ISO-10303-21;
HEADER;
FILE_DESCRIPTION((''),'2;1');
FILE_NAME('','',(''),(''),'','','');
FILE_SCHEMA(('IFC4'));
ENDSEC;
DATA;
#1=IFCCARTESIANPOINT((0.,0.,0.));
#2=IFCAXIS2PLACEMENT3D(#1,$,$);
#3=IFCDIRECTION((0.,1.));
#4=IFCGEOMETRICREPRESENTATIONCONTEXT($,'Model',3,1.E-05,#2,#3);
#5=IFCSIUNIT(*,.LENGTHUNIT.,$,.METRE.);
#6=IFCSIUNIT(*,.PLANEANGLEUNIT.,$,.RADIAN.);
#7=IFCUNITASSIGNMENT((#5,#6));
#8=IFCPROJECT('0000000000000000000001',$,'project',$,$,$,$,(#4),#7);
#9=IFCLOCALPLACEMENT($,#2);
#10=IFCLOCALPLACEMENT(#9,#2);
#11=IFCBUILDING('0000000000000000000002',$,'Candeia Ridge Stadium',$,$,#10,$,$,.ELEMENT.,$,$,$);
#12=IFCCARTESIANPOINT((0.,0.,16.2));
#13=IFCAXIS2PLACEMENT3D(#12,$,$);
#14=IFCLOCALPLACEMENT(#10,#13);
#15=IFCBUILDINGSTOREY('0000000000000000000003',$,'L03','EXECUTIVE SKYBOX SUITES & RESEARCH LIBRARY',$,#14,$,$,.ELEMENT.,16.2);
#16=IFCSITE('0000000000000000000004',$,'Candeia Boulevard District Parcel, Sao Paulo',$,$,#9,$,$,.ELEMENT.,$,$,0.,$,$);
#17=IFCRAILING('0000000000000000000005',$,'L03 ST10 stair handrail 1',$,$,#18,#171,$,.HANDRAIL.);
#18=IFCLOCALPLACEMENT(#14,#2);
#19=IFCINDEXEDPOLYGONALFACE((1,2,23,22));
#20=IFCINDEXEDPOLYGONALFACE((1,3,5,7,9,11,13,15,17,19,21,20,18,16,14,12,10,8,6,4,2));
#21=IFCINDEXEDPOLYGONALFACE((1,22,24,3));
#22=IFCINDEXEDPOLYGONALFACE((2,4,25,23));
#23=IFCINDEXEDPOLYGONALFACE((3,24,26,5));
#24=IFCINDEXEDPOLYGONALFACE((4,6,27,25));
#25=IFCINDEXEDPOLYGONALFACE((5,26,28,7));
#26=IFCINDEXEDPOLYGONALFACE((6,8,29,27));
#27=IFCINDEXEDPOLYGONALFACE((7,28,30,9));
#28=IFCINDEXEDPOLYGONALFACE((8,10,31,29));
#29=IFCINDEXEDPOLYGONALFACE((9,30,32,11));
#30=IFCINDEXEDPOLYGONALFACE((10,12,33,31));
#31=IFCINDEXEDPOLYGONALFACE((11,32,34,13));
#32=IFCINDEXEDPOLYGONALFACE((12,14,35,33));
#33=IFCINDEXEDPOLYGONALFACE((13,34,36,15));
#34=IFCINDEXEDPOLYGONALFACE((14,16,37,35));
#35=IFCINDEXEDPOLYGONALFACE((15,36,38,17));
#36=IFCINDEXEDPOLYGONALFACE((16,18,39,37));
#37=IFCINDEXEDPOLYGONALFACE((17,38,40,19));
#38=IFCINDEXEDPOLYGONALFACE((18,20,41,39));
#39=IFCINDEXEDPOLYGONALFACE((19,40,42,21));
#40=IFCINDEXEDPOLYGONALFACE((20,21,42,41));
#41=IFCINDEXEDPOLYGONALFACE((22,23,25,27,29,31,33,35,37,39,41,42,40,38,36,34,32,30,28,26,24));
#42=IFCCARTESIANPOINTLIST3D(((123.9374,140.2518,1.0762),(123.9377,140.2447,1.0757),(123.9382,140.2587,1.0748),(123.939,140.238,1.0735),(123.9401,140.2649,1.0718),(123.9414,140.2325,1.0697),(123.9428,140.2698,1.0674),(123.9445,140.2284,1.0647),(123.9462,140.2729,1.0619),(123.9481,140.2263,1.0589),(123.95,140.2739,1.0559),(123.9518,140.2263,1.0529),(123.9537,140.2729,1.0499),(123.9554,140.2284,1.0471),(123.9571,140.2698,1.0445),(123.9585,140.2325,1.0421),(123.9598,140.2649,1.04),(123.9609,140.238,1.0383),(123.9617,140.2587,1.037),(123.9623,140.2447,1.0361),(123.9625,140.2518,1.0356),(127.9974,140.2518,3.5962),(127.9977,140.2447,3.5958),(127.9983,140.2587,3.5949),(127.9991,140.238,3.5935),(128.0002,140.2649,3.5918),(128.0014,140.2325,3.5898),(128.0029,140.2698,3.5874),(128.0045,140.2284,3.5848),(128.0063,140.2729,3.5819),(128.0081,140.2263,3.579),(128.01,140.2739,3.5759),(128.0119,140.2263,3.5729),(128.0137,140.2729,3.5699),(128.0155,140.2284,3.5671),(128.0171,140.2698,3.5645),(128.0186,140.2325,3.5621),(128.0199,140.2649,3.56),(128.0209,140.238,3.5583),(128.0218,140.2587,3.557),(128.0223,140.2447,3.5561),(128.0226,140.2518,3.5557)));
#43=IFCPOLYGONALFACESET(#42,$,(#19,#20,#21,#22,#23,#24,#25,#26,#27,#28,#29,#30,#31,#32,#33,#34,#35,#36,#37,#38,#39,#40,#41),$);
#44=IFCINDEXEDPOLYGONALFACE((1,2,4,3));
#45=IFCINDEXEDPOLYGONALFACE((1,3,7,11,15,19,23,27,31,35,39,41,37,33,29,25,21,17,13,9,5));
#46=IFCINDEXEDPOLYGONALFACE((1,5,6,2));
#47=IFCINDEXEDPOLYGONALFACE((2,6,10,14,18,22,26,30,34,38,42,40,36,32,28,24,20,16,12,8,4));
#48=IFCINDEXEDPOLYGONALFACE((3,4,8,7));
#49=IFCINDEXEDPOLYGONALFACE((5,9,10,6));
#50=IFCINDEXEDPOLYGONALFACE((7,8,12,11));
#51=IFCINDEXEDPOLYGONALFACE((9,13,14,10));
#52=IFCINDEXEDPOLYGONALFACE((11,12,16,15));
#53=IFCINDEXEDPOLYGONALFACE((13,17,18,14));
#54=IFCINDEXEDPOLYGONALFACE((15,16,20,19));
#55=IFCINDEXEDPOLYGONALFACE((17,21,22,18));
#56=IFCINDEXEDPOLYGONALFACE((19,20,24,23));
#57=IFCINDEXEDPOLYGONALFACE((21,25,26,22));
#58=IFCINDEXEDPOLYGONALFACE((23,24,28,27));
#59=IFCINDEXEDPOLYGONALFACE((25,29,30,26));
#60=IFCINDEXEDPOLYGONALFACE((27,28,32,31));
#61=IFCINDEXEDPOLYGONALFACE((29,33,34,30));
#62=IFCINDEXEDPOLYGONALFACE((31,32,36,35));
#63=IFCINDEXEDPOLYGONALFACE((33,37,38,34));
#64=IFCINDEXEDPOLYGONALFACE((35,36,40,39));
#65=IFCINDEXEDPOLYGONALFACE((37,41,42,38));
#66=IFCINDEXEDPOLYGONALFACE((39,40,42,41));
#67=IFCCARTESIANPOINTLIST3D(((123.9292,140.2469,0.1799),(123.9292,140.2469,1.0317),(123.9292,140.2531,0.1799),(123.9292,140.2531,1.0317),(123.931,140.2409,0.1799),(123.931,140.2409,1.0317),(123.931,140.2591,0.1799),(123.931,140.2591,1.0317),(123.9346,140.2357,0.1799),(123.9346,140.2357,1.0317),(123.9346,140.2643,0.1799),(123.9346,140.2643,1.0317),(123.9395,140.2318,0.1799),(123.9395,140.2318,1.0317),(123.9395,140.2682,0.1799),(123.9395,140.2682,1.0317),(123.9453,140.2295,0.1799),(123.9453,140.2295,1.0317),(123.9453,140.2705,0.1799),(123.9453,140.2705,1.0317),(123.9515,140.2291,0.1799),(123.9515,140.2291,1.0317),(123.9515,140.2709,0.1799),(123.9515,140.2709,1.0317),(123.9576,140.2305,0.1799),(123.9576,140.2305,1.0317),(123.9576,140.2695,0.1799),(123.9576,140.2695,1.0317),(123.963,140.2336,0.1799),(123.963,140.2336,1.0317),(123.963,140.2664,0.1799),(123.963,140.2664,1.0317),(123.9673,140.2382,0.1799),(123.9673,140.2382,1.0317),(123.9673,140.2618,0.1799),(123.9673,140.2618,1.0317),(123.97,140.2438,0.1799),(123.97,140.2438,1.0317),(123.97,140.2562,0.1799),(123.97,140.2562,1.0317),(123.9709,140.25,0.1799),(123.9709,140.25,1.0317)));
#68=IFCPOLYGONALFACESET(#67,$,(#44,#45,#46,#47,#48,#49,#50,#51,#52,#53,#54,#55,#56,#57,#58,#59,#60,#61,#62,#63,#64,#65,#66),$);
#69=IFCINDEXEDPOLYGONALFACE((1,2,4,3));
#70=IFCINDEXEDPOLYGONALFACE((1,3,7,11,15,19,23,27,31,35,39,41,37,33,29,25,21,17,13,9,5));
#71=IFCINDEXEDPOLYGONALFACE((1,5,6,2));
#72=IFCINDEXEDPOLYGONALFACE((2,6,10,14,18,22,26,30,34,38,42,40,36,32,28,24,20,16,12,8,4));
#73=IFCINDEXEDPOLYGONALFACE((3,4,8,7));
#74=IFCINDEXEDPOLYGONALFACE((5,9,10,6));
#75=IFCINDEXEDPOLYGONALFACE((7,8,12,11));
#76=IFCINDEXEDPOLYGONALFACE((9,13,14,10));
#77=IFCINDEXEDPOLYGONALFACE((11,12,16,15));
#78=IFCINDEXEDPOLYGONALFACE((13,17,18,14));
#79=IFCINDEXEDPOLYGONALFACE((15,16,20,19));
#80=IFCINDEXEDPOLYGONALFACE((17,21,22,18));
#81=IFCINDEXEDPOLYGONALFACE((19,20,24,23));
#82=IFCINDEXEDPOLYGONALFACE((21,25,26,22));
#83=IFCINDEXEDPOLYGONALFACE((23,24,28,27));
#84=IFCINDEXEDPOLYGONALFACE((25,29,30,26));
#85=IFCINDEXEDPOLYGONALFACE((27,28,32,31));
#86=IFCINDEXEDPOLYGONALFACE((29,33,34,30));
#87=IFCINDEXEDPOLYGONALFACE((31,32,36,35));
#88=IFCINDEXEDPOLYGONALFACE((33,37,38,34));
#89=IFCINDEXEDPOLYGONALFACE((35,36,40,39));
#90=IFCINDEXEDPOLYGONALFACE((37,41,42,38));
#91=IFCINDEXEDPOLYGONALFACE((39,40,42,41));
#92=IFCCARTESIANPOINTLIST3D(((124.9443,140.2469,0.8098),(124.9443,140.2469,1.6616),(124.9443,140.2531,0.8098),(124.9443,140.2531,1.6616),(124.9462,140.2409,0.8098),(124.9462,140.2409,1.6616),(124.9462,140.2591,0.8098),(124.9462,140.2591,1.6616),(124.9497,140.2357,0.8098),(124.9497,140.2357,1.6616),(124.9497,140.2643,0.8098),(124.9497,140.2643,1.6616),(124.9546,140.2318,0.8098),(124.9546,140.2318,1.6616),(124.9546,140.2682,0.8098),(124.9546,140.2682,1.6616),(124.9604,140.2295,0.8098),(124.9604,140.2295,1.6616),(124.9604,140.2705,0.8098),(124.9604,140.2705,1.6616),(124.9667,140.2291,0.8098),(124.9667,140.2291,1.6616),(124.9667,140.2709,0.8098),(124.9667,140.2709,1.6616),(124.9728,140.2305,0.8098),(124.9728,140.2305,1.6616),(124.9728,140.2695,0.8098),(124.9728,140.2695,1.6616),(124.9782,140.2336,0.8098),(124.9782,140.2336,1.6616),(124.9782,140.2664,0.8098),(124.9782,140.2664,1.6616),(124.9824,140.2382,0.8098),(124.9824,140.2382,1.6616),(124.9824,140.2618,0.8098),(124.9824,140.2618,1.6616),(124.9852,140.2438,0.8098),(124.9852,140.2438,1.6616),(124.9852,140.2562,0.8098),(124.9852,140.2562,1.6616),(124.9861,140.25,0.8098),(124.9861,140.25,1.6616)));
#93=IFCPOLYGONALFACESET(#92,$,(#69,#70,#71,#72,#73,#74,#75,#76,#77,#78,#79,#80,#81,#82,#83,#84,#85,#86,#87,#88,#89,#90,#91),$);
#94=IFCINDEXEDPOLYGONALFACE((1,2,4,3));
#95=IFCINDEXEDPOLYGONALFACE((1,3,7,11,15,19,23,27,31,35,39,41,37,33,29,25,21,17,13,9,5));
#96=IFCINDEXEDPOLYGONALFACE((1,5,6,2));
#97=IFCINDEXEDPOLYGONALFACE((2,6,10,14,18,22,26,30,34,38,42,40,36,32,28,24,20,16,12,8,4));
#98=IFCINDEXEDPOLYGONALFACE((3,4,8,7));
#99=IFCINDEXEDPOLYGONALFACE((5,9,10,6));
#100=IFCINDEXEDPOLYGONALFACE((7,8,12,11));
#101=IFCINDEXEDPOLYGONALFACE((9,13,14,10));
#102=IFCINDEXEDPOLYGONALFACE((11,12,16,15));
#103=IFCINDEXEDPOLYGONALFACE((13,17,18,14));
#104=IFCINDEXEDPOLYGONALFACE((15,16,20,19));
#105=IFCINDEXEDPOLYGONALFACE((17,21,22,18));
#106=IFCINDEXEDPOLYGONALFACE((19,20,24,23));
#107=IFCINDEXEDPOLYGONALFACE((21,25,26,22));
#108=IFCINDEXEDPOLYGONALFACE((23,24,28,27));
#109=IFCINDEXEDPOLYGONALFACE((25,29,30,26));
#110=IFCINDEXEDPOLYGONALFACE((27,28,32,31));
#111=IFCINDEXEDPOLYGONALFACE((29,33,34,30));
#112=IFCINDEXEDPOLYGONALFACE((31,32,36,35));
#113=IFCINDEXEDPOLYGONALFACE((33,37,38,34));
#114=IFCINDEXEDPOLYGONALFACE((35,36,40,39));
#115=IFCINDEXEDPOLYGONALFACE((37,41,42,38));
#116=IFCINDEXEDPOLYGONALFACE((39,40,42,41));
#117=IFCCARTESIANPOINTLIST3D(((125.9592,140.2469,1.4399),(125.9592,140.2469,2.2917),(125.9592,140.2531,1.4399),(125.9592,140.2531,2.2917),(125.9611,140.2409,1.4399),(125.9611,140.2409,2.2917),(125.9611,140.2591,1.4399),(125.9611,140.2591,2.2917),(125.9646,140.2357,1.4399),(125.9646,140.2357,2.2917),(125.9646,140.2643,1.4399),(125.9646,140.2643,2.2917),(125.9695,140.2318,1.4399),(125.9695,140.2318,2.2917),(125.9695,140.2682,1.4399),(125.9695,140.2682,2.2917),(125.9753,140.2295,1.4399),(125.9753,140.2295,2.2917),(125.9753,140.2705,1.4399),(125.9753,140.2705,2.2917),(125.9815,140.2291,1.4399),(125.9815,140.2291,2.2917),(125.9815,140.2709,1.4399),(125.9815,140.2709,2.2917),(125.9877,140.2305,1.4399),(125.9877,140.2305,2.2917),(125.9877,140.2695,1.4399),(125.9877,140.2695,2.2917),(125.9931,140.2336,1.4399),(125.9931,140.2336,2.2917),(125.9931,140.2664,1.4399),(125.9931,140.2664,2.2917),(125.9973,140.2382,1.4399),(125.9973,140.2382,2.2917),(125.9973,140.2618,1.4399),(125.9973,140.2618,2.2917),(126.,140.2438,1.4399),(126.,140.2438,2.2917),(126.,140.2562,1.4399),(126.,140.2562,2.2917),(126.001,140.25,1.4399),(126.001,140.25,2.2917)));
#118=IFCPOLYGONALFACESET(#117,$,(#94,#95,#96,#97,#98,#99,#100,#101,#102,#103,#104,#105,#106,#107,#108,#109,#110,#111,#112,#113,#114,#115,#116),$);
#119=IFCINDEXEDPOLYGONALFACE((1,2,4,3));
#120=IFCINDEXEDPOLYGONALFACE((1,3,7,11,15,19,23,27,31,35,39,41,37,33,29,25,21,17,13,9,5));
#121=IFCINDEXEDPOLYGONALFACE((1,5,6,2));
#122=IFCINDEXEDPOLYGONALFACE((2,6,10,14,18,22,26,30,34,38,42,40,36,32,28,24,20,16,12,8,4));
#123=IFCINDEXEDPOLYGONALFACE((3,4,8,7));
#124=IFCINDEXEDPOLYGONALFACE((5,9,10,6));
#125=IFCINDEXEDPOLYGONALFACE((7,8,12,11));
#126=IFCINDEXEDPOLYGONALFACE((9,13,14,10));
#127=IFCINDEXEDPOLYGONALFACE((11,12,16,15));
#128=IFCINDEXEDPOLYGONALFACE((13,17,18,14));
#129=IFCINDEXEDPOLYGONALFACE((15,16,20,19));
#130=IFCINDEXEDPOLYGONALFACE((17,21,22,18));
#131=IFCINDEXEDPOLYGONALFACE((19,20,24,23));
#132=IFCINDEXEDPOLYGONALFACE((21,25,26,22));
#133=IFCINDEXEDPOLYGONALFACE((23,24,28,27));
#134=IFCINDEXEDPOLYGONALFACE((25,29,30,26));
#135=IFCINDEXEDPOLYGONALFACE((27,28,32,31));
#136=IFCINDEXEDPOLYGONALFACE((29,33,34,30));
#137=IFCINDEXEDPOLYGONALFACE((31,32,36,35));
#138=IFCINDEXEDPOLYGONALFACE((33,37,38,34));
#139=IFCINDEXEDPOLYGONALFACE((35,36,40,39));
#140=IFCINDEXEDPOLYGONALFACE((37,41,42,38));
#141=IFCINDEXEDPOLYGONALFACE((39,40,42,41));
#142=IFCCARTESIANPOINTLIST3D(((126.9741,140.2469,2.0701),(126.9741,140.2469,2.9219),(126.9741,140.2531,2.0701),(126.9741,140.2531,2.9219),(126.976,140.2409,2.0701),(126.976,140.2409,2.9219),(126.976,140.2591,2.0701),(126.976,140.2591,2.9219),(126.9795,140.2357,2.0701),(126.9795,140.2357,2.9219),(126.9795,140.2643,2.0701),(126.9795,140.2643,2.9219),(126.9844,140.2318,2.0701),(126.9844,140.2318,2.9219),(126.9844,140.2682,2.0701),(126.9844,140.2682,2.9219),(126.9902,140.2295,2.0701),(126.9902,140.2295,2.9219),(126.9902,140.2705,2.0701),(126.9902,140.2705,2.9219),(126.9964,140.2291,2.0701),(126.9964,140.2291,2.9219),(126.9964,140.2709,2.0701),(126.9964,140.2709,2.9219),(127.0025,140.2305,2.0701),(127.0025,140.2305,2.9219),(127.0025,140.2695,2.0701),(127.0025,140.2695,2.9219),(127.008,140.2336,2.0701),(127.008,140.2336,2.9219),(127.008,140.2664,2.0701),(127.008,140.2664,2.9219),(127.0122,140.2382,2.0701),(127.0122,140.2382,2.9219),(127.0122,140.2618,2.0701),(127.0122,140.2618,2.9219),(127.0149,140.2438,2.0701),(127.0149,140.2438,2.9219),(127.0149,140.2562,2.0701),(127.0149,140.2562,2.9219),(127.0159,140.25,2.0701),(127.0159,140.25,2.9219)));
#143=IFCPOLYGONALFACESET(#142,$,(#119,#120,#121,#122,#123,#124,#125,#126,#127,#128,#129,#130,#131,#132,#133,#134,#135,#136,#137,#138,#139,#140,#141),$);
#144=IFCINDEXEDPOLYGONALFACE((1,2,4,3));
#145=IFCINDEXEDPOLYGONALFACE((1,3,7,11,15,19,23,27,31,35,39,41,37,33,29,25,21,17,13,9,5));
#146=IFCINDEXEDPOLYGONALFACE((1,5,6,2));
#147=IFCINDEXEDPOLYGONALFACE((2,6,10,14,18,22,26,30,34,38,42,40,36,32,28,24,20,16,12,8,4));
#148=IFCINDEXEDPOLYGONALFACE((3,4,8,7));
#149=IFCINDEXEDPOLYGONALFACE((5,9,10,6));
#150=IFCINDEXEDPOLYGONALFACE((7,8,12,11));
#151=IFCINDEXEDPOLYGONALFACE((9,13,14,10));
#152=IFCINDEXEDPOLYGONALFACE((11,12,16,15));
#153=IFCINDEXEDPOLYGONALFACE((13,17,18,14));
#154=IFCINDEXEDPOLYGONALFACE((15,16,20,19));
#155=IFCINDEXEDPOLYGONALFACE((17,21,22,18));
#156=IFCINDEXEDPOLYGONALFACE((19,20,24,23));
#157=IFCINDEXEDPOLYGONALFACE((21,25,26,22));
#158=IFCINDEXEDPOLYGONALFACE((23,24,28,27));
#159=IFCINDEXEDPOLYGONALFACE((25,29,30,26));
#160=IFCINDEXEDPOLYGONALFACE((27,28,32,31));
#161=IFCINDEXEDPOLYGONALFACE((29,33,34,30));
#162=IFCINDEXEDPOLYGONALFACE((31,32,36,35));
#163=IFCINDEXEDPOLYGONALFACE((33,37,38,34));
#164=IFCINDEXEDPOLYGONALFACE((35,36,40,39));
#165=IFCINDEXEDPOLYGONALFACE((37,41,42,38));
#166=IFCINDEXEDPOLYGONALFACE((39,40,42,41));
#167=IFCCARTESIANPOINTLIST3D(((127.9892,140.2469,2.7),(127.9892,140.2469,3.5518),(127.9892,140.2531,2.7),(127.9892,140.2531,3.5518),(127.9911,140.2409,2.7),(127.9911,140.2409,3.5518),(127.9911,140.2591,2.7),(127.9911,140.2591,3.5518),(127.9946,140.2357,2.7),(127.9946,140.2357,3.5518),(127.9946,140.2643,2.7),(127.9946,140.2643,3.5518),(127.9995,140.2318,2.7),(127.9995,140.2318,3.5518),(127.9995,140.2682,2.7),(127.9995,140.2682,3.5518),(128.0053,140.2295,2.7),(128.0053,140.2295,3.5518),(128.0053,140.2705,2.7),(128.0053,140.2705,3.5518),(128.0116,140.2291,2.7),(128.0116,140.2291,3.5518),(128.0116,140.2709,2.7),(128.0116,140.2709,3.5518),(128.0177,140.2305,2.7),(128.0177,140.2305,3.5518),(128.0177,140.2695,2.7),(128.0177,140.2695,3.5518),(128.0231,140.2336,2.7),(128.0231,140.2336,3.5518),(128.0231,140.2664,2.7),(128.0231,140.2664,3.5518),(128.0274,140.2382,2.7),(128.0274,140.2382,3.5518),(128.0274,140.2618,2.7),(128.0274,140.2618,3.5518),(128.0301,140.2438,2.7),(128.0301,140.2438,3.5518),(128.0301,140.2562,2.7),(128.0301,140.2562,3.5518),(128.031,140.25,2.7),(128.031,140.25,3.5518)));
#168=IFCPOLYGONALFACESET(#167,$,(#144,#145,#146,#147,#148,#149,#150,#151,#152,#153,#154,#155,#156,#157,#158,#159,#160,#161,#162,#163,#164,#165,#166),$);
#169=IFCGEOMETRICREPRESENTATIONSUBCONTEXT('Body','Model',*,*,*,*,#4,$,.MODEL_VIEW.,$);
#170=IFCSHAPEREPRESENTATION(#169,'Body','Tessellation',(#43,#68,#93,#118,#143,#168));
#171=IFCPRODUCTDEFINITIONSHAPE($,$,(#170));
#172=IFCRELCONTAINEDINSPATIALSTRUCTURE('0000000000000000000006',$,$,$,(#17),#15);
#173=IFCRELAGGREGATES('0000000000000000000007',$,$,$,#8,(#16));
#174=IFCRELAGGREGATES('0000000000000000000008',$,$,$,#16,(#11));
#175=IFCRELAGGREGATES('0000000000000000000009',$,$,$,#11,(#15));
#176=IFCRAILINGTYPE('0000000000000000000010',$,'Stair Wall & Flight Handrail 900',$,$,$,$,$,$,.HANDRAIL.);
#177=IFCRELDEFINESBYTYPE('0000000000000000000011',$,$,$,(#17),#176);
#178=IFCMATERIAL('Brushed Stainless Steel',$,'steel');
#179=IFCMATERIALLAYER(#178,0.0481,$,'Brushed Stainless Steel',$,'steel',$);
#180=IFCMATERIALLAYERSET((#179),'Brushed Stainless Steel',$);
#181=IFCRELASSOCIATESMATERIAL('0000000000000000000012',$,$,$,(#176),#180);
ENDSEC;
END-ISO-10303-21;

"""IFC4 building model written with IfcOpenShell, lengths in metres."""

from ifc_helpers import new_model, si_unit, direction, frame, origin, origin_2d, place, context, subcontext, project, spatial, circle, extrude, material, layer, layer_set, type_object, element, save


model = new_model("IFC4")

# Units and contexts
model_context = context("Model", 3, precision=1e-05, world=origin(), true_north=direction((0.0, 1.0)))
body_context = subcontext(model_context, "Body", "Model", "MODEL_VIEW")
ifc_project = project(units=[si_unit("LENGTHUNIT", "METRE"), si_unit("PLANEANGLEUNIT", "RADIAN")], contexts=[model_context])

# Site, building, storey
site_placement = place(None, origin())
site = spatial("IfcSite", under=ifc_project, at=site_placement, Name="Candeia Boulevard District Parcel, Sao Paulo", CompositionType="ELEMENT", RefElevation=0.0)
building_placement = place(site_placement, origin())
building = spatial("IfcBuilding", under=site, at=building_placement, Name="Candeia Ridge Stadium", CompositionType="ELEMENT")
storey_placement = place(building_placement, frame((0.0, 0.0, 16.2)))
storey = spatial("IfcBuildingStorey", under=building, at=storey_placement, Name="L03", Description="EXECUTIVE SKYBOX SUITES & RESEARCH LIBRARY", CompositionType="ELEMENT", Elevation=16.2)

# Railing
ifc_material_1 = material(Name="Brushed Stainless Steel", Category="steel")
ifc_layer_1 = layer(ifc_material_1, 0.0481, Name="Brushed Stainless Steel", Category="steel")
ifc_layer_set_1 = layer_set([ifc_layer_1], Name="Brushed Stainless Steel")
railing_type_1 = type_object("IfcRailingType", Name="Stair Wall & Flight Handrail 900", PredefinedType="HANDRAIL", material=ifc_layer_set_1)
railing_1_placement = place(storey_placement, frame((123.95, 140.25, 0.1799)))
element("IfcRailing", 1, at=railing_1_placement, inside=storey, type_object=railing_type_1, Name="L03 ST10 stair handrail 1", PredefinedType="HANDRAIL", context=body_context, shape_type="SweptSolid", body=[
    extrude(circle(Radius=0.0239, at=origin_2d()), frame((0.0, 0.0, 0.876), z_axis=(0.849642, 0.0, 0.52736), x_axis=(0.0, 1.0, 0.0)), (0.0, 0.0, 1.0), 4.7786),
    extrude(circle(Radius=0.021, at=origin_2d()), origin(), (0.0, 0.0, 1.0), 0.8518),
    extrude(circle(Radius=0.021, at=origin_2d()), frame((1.0151, 0.0, 0.6299)), (0.0, 0.0, 1.0), 0.8518),
    extrude(circle(Radius=0.021, at=origin_2d()), frame((2.03, 0.0, 1.26)), (0.0, 0.0, 1.0), 0.8518),
    extrude(circle(Radius=0.021, at=origin_2d()), frame((3.0449, 0.0, 1.8901)), (0.0, 0.0, 1.0), 0.8518),
    extrude(circle(Radius=0.021, at=origin_2d()), frame((4.0601, 0.0, 2.52)), (0.0, 0.0, 1.0), 0.8518),
])

save(model, "model.ifc")
